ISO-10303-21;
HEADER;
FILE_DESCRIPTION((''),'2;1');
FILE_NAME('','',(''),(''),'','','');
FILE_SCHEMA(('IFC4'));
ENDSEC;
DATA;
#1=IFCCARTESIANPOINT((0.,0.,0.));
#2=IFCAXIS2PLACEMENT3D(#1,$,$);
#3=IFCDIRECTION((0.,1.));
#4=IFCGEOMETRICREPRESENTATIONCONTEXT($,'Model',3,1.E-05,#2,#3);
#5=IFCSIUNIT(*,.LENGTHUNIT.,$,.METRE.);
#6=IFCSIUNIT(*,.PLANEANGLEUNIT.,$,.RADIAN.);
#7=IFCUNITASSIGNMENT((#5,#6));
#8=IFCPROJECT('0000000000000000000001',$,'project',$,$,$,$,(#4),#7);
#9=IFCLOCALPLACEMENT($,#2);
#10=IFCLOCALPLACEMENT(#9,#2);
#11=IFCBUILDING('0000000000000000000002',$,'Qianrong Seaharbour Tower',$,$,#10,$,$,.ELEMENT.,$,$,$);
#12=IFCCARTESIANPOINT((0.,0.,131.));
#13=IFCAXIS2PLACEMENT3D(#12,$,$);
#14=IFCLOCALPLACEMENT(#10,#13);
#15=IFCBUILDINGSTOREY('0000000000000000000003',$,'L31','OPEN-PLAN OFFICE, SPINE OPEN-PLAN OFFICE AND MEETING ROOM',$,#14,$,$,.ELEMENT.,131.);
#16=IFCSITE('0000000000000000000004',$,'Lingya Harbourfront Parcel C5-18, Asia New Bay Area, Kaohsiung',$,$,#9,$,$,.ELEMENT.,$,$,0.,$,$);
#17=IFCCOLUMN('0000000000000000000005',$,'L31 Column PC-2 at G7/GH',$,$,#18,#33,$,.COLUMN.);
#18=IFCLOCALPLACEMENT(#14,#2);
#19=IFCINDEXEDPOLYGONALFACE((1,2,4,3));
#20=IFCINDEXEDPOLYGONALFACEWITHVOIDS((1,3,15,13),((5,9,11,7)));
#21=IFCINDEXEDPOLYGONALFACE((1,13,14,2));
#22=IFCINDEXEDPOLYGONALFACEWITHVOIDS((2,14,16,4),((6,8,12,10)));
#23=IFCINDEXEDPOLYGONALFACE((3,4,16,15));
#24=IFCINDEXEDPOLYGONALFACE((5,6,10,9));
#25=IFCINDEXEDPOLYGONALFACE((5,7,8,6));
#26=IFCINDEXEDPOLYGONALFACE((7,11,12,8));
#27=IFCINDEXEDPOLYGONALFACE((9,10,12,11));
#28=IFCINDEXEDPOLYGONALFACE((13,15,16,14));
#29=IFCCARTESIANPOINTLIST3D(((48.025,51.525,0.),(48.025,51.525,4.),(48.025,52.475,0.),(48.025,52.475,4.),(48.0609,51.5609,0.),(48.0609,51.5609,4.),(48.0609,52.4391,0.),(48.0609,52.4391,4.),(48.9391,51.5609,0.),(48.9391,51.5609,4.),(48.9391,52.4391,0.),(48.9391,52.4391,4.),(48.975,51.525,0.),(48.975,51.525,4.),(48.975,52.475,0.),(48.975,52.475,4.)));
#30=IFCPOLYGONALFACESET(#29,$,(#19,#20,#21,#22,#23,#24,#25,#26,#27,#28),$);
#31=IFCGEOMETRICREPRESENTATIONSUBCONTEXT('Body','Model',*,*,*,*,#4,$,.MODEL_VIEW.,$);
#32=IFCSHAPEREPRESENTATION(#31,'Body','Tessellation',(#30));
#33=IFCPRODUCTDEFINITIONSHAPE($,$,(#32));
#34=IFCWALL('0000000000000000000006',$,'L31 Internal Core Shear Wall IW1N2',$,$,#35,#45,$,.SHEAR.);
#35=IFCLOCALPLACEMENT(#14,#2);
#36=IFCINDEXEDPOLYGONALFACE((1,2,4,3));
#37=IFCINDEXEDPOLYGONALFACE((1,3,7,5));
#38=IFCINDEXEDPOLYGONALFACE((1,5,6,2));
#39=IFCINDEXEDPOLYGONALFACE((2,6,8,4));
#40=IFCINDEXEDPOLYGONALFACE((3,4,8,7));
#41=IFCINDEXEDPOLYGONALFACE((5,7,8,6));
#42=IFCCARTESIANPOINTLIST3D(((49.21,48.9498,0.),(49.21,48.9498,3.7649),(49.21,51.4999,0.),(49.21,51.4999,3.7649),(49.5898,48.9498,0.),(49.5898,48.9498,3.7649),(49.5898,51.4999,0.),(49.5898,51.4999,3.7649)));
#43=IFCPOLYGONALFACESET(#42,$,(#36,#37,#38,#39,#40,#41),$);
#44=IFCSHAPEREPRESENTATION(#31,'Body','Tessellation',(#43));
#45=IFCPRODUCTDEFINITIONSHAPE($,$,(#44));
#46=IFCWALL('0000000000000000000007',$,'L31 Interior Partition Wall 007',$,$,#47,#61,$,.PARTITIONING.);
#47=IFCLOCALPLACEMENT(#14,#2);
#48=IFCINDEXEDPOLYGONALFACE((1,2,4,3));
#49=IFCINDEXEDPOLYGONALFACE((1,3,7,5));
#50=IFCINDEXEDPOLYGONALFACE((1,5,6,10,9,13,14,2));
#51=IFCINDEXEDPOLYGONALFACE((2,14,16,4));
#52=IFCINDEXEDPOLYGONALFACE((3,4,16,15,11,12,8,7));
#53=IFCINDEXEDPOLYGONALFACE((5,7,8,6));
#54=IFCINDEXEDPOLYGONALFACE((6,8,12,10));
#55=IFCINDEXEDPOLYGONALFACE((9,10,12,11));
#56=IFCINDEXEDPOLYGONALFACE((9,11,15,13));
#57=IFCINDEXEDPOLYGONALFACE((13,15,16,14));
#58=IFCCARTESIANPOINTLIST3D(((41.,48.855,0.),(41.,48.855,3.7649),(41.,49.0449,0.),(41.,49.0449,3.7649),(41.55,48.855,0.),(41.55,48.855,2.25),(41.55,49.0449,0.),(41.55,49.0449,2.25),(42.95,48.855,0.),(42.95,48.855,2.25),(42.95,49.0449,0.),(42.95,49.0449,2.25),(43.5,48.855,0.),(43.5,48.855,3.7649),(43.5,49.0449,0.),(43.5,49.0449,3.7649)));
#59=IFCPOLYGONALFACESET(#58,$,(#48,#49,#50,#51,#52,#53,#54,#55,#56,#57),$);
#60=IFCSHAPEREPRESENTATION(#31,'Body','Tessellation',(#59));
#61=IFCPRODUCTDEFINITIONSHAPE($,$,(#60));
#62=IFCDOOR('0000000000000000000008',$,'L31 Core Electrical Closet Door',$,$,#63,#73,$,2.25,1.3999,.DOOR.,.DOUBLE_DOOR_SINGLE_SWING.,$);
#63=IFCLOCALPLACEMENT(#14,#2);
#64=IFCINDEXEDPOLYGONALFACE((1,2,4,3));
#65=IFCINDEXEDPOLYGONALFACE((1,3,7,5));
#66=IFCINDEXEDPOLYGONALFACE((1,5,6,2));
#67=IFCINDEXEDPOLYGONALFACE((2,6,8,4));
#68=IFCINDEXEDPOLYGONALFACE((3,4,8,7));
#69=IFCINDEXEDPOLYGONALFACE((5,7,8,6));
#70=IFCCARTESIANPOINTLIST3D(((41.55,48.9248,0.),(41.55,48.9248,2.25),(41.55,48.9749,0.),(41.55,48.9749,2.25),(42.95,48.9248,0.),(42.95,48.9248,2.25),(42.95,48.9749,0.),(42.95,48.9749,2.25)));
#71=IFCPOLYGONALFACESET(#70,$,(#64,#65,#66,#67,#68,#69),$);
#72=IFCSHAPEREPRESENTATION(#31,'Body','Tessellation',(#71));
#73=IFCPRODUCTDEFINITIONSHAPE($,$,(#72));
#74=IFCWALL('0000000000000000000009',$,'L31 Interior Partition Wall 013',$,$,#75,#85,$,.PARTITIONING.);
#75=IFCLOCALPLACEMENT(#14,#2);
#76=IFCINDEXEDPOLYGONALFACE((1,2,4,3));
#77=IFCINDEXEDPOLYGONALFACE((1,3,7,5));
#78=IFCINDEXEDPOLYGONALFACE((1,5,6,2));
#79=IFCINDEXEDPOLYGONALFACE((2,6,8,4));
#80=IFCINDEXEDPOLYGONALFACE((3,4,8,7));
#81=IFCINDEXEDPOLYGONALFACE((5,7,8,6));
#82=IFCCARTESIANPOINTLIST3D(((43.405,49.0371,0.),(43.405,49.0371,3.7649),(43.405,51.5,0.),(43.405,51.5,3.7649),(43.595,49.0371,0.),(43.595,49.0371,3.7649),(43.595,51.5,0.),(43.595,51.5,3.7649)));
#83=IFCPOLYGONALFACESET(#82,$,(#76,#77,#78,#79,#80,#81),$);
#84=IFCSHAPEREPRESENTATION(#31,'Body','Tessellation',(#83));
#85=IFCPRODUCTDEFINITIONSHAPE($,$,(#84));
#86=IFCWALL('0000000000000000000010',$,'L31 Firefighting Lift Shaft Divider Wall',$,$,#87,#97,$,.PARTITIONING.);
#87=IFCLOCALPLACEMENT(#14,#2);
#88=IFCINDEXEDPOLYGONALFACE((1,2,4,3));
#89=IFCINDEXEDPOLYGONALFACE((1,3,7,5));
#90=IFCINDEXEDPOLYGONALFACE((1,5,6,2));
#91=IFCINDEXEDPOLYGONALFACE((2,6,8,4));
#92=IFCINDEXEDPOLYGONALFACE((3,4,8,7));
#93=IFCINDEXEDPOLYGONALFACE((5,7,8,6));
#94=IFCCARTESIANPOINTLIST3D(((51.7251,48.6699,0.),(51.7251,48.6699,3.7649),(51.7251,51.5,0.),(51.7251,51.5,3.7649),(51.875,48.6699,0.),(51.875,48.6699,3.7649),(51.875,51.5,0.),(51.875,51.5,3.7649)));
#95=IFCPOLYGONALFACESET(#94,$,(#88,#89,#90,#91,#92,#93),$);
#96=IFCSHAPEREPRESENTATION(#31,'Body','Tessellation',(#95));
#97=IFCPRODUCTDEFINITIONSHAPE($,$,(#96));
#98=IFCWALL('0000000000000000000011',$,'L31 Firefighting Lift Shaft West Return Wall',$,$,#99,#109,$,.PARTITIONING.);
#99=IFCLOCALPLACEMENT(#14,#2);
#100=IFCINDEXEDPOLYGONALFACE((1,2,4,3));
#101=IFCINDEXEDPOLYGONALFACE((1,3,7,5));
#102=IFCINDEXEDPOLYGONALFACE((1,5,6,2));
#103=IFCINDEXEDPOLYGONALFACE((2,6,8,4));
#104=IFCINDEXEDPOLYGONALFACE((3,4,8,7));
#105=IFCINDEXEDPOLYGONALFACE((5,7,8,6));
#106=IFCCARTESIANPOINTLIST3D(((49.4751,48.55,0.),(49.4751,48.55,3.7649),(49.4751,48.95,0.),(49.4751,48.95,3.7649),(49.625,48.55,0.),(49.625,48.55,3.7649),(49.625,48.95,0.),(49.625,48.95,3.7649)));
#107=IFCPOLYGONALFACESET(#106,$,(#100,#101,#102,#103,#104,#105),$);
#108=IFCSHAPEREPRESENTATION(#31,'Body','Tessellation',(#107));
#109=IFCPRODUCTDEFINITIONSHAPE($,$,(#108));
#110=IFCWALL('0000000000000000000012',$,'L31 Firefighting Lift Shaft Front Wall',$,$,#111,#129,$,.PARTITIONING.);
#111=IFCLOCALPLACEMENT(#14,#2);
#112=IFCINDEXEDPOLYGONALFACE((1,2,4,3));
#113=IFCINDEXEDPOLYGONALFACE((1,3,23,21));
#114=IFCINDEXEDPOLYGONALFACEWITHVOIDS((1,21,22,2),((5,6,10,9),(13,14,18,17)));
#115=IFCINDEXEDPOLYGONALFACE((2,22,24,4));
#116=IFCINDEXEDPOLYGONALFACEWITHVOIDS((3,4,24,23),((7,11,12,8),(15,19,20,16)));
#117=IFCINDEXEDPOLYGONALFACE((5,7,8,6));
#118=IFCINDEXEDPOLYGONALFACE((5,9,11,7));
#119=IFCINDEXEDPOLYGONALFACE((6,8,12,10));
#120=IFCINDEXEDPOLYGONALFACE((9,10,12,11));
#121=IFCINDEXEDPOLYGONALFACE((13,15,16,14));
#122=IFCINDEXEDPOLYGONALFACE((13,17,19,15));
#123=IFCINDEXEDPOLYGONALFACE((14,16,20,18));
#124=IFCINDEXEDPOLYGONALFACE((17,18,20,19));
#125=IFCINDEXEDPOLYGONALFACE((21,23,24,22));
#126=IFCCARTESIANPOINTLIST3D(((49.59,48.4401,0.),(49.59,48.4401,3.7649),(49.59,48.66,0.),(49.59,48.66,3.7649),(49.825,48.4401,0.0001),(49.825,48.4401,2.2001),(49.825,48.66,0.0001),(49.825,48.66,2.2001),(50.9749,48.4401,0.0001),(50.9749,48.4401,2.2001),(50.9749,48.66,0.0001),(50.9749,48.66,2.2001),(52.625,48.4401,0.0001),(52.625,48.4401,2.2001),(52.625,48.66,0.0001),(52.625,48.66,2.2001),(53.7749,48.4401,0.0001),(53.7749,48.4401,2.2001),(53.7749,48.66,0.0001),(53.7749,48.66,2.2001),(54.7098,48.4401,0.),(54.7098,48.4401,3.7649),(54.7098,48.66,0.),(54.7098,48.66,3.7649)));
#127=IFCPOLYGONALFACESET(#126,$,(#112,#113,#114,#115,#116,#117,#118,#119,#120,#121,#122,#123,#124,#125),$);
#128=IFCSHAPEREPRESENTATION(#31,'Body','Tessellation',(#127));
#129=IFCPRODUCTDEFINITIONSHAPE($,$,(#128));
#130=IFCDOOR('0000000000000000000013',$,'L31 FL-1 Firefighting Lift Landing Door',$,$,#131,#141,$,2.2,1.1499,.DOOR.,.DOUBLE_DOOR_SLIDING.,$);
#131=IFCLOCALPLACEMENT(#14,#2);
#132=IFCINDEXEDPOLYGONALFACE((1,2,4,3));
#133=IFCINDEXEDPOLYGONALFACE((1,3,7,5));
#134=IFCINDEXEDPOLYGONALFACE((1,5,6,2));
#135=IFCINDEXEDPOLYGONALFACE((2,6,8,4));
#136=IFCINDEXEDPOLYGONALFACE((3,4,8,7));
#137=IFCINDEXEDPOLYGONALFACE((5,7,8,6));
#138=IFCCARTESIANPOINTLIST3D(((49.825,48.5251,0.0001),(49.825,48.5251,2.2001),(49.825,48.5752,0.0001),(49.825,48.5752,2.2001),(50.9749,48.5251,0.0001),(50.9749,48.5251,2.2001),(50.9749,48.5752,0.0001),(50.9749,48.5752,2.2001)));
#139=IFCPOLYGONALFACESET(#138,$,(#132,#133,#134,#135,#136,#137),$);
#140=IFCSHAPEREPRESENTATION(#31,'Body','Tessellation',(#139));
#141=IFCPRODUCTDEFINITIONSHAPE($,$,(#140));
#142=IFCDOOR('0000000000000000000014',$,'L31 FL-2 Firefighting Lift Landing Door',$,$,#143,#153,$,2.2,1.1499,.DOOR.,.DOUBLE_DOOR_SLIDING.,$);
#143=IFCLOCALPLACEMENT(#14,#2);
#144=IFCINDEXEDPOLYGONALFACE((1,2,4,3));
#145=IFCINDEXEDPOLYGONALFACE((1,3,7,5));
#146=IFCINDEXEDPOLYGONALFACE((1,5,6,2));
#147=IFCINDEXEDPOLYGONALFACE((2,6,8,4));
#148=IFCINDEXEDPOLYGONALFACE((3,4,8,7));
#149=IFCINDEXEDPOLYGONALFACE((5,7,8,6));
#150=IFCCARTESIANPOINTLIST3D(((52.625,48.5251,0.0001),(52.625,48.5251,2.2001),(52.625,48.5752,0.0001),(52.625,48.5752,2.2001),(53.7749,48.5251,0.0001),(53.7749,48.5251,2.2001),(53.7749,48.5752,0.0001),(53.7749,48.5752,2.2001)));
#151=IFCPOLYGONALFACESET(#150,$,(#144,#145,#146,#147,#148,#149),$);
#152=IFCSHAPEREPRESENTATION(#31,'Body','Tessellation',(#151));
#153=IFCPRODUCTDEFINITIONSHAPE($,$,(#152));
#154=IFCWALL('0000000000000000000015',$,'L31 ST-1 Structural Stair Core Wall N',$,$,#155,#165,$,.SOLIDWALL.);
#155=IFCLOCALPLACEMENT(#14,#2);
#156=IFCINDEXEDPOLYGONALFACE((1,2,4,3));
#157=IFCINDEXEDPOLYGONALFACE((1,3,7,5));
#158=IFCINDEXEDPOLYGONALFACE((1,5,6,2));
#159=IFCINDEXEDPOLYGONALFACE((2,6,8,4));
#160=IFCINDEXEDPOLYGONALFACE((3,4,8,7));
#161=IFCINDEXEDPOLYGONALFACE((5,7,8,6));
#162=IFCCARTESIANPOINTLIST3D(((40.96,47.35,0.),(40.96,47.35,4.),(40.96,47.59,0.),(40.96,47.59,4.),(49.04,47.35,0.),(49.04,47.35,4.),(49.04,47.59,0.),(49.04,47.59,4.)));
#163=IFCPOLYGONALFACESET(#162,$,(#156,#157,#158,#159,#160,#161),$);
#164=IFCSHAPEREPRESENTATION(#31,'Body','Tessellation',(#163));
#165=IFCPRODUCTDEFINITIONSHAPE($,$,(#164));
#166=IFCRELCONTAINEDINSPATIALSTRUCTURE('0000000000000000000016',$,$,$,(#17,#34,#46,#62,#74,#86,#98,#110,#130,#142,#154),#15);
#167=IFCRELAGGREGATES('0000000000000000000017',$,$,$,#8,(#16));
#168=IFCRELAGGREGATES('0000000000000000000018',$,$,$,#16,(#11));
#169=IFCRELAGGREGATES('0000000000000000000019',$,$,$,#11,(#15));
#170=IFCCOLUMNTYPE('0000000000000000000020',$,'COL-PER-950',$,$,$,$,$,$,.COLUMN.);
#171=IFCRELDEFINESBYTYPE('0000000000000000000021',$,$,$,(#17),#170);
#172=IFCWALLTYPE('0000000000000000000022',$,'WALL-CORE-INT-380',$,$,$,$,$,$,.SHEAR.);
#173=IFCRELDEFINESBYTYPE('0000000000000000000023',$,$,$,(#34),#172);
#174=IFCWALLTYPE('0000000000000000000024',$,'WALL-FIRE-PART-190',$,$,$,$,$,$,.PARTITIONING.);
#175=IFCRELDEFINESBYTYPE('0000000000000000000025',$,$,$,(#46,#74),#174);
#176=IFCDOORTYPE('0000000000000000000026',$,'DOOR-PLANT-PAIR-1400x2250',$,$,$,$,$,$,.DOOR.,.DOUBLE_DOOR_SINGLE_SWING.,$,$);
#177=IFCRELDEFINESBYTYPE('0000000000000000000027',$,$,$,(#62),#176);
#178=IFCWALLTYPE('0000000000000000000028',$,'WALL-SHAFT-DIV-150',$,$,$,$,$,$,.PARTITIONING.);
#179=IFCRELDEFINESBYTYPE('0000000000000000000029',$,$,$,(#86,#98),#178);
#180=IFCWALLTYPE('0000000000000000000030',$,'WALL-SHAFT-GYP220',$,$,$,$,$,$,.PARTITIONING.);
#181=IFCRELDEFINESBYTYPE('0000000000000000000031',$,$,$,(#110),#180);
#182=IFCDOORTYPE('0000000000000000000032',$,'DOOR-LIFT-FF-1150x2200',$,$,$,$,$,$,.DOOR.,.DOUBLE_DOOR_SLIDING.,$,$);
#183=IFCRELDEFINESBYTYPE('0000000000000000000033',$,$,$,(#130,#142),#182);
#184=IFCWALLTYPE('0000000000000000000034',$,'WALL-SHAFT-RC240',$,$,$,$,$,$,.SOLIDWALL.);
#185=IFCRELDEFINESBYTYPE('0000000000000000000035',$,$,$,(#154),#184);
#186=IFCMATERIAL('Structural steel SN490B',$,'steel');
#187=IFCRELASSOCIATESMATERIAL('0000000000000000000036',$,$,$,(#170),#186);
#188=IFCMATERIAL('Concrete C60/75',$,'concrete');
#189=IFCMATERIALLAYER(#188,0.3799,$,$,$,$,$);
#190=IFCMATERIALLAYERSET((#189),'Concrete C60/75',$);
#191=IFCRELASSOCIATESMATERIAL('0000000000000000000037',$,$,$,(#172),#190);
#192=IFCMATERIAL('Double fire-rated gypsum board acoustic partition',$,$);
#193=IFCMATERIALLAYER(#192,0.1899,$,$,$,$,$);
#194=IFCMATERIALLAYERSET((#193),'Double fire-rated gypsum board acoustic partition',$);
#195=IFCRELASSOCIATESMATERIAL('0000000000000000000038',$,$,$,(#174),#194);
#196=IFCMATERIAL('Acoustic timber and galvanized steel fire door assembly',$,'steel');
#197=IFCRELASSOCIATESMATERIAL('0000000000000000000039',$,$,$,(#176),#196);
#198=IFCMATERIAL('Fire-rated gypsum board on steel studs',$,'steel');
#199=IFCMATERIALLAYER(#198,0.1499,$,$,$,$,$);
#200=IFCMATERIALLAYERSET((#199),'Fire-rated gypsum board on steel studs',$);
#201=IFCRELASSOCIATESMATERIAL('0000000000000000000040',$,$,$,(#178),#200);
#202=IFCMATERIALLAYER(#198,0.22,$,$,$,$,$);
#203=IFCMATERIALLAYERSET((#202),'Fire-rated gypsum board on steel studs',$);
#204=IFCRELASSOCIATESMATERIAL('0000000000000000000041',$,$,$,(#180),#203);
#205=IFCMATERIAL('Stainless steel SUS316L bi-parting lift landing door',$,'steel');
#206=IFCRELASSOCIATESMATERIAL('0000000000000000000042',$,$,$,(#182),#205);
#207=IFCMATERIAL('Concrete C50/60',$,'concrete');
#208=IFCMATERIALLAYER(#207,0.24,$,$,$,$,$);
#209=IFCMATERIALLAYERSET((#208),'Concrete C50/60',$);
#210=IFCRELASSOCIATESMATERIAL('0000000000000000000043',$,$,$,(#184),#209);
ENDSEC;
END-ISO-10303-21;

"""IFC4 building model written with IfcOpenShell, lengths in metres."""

from ifc_helpers import new_model, si_unit, direction, frame, frame_2d, origin, origin_2d, place, context, subcontext, project, spatial, rectangle, hollow_rectangle, extrude, material, layer, layer_set, material_profile, profile_set, type_object, element, fill, save


model = new_model("IFC4")

# Units and contexts
model_context = context("Model", 3, precision=1e-05, world=origin(), true_north=direction((0.0, 1.0)))
body_context = subcontext(model_context, "Body", "Model", "MODEL_VIEW")
ifc_project = project(units=[si_unit("LENGTHUNIT", "METRE"), si_unit("PLANEANGLEUNIT", "RADIAN")], contexts=[model_context])

# Site, building, storey
site_placement = place(None, origin())
site = spatial("IfcSite", under=ifc_project, at=site_placement, Name="Lingya Harbourfront Parcel C5-18, Asia New Bay Area, Kaohsiung", CompositionType="ELEMENT", RefElevation=0.0)
building_placement = place(site_placement, origin())
building = spatial("IfcBuilding", under=site, at=building_placement, Name="Qianrong Seaharbour Tower", CompositionType="ELEMENT")
storey_placement = place(building_placement, frame((0.0, 0.0, 131.0)))
storey = spatial("IfcBuildingStorey", under=building, at=storey_placement, Name="L31", Description="OPEN-PLAN OFFICE, SPINE OPEN-PLAN OFFICE AND MEETING ROOM", CompositionType="ELEMENT", Elevation=131.0)

# Column
ifc_material_1 = material(Name="Structural steel SN490B", Category="steel")
ifc_material_profile = material_profile(ifc_material_1, hollow_rectangle(XDim=0.95, YDim=0.95, WallThickness=0.0359, at=origin_2d()), Name="BOX950x950x36")
ifc_profile_set = profile_set([ifc_material_profile], Name="Structural steel SN490B")
column_type = type_object("IfcColumnType", Name="COL-PER-950", PredefinedType="COLUMN", material=ifc_profile_set)
column_placement = place(storey_placement, frame((48.5, 52.0, 0.0), z_axis=(0.0, 0.0, 1.0), x_axis=(1.0, 0.0, 0.0)))
element("IfcColumn", 1, at=column_placement, inside=storey, type_object=column_type, Name="L31 Column PC-2 at G7/GH", PredefinedType="COLUMN", context=body_context, shape_type="SweptSolid", body=[
    extrude(hollow_rectangle(XDim=0.95, YDim=0.95, WallThickness=0.0359, at=origin_2d()), origin(), (0.0, 0.0, 1.0), 4.0),
])

# Wall
ifc_material_2 = material(Name="Concrete C60/75", Category="concrete")
ifc_layer_1 = layer(ifc_material_2, 0.3799)
ifc_layer_set_1 = layer_set([ifc_layer_1], Name="Concrete C60/75")
wall_type_1 = type_object("IfcWallType", Name="WALL-CORE-INT-380", PredefinedType="SHEAR", material=ifc_layer_set_1)
wall_1_placement = place(storey_placement, frame((49.3999, 48.95, 0.0), z_axis=(0.0, 0.0, 1.0), x_axis=(0.0, 1.0, 0.0)))
element("IfcWall", 2, at=wall_1_placement, inside=storey, type_object=wall_type_1, Name="L31 Internal Core Shear Wall IW1N2", PredefinedType="SHEAR", context=body_context, shape_type="SweptSolid", body=[
    extrude(rectangle(XDim=2.55, YDim=0.3799, at=frame_2d((1.2749, 0.0))), origin(), (0.0, 0.0, 1.0), 3.7649),
])

# Wall, opening, door
ifc_material_3 = material(Name="Double fire-rated gypsum board acoustic partition")
ifc_layer_2 = layer(ifc_material_3, 0.1899)
ifc_layer_set_2 = layer_set([ifc_layer_2], Name="Double fire-rated gypsum board acoustic partition")
wall_type_2 = type_object("IfcWallType", Name="WALL-FIRE-PART-190", PredefinedType="PARTITIONING", material=ifc_layer_set_2)
wall_2_placement = place(storey_placement, frame((41.0, 48.95, 0.0), z_axis=(0.0, 0.0, 1.0), x_axis=(1.0, 0.0, 0.0)))
wall_2 = element("IfcWall", 3, at=wall_2_placement, inside=storey, type_object=wall_type_2, Name="L31 Interior Partition Wall 007", PredefinedType="PARTITIONING", context=body_context, shape_type="SweptSolid", body=[
    extrude(rectangle(XDim=2.5, YDim=0.1899, at=frame_2d((1.25, 0.0))), origin(), (0.0, 0.0, 1.0), 3.7649),
])
opening_1_placement = place(wall_2_placement, frame((0.55, 0.0, 0.0)))
opening_1 = element("IfcOpeningElement", 4, at=opening_1_placement, cuts=wall_2, PredefinedType="OPENING", context=body_context, shape_type="SweptSolid", body=[
    extrude(rectangle(XDim=1.3999, YDim=2.25, at=frame_2d((0.7, 1.125))), frame((0.0, 0.105, 0.0), z_axis=(0.0, -1.0, 0.0), x_axis=(1.0, 0.0, 0.0)), (0.0, 0.0, 1.0), 0.21),
])
ifc_material_4 = material(Name="Acoustic timber and galvanized steel fire door assembly", Category="steel")
door_type_1 = type_object("IfcDoorType", Name="DOOR-PLANT-PAIR-1400x2250", OperationType="DOUBLE_DOOR_SINGLE_SWING", PredefinedType="DOOR", material=ifc_material_4)
door_1_placement = place(opening_1_placement, origin())
door_1 = element("IfcDoor", 5, at=door_1_placement, inside=storey, type_object=door_type_1, Name="L31 Core Electrical Closet Door", OperationType="DOUBLE_DOOR_SINGLE_SWING", OverallHeight=2.25, OverallWidth=1.3999, PredefinedType="DOOR", context=body_context, shape_type="SweptSolid", body=[
    extrude(rectangle(XDim=1.3999, YDim=2.25, at=frame_2d((0.7, 1.125))), frame((0.0, 0.0249, 0.0), z_axis=(0.0, -1.0, 0.0), x_axis=(1.0, 0.0, 0.0)), (0.0, 0.0, 1.0), 0.05),
])
fill(opening_1, door_1)

# Walls
wall_3_placement = place(storey_placement, frame((43.5, 51.5, 0.0), z_axis=(0.0, 0.0, 1.0), x_axis=(0.0, -1.0, 0.0)))
element("IfcWall", 6, at=wall_3_placement, inside=storey, type_object=wall_type_2, Name="L31 Interior Partition Wall 013", PredefinedType="PARTITIONING", context=body_context, shape_type="SweptSolid", body=[
    extrude(rectangle(XDim=2.4629, YDim=0.1899, at=frame_2d((1.2314, 0.0))), origin(), (0.0, 0.0, 1.0), 3.7649),
])
ifc_material_5 = material(Name="Fire-rated gypsum board on steel studs", Category="steel")
ifc_layer_3 = layer(ifc_material_5, 0.1499)
ifc_layer_set_3 = layer_set([ifc_layer_3], Name="Fire-rated gypsum board on steel studs")
wall_type_3 = type_object("IfcWallType", Name="WALL-SHAFT-DIV-150", PredefinedType="PARTITIONING", material=ifc_layer_set_3)
wall_4_placement = place(storey_placement, frame((51.8, 48.6699, 0.0), z_axis=(0.0, 0.0, 1.0), x_axis=(0.0, 1.0, 0.0)))
element("IfcWall", 7, at=wall_4_placement, inside=storey, type_object=wall_type_3, Name="L31 Firefighting Lift Shaft Divider Wall", PredefinedType="PARTITIONING", context=body_context, shape_type="SweptSolid", body=[
    extrude(rectangle(XDim=2.8301, YDim=0.1499, at=frame_2d((1.415, 0.0))), origin(), (0.0, 0.0, 1.0), 3.7649),
])
wall_5_placement = place(storey_placement, frame((49.55, 48.55, 0.0), z_axis=(0.0, 0.0, 1.0), x_axis=(0.0, 1.0, 0.0)))
element("IfcWall", 8, at=wall_5_placement, inside=storey, type_object=wall_type_3, Name="L31 Firefighting Lift Shaft West Return Wall", PredefinedType="PARTITIONING", context=body_context, shape_type="SweptSolid", body=[
    extrude(rectangle(XDim=0.3999, YDim=0.1499, at=frame_2d((0.2, 0.0))), origin(), (0.0, 0.0, 1.0), 3.7649),
])

# Wall, openings, doors
ifc_layer_4 = layer(ifc_material_5, 0.22)
ifc_layer_set_4 = layer_set([ifc_layer_4], Name="Fire-rated gypsum board on steel studs")
wall_type_4 = type_object("IfcWallType", Name="WALL-SHAFT-GYP220", PredefinedType="PARTITIONING", material=ifc_layer_set_4)
wall_6_placement = place(storey_placement, frame((54.71, 48.55, 0.0), z_axis=(0.0, 0.0, 1.0), x_axis=(-1.0, 0.0, 0.0)))
wall_6 = element("IfcWall", 9, at=wall_6_placement, inside=storey, type_object=wall_type_4, Name="L31 Firefighting Lift Shaft Front Wall", PredefinedType="PARTITIONING", context=body_context, shape_type="SweptSolid", body=[
    extrude(rectangle(XDim=5.1199, YDim=0.22, at=frame_2d((2.5601, 0.0))), origin(), (0.0, 0.0, 1.0), 3.7649),
])
opening_2_placement = place(wall_6_placement, frame((3.7351, 0.0, 0.0)))
opening_2 = element("IfcOpeningElement", 10, at=opening_2_placement, cuts=wall_6, PredefinedType="OPENING", context=body_context, shape_type="SweptSolid", body=[
    extrude(rectangle(XDim=1.1499, YDim=2.2, at=frame_2d((0.575, 1.1001))), frame((0.0, 0.1201, 0.0), z_axis=(0.0, -1.0, 0.0), x_axis=(1.0, 0.0, 0.0)), (0.0, 0.0, 1.0), 0.24),
])
opening_3_placement = place(wall_6_placement, frame((0.9351, 0.0, 0.0)))
opening_3 = element("IfcOpeningElement", 11, at=opening_3_placement, cuts=wall_6, PredefinedType="OPENING", context=body_context, shape_type="SweptSolid", body=[
    extrude(rectangle(XDim=1.1499, YDim=2.2, at=frame_2d((0.575, 1.1001))), frame((0.0, 0.1201, 0.0), z_axis=(0.0, -1.0, 0.0), x_axis=(1.0, 0.0, 0.0)), (0.0, 0.0, 1.0), 0.24),
])
ifc_material_6 = material(Name="Stainless steel SUS316L bi-parting lift landing door", Category="steel")
door_type_2 = type_object("IfcDoorType", Name="DOOR-LIFT-FF-1150x2200", OperationType="DOUBLE_DOOR_SLIDING", PredefinedType="DOOR", material=ifc_material_6)
door_2_placement = place(opening_2_placement, origin())
door_2 = element("IfcDoor", 12, at=door_2_placement, inside=storey, type_object=door_type_2, Name="L31 FL-1 Firefighting Lift Landing Door", OperationType="DOUBLE_DOOR_SLIDING", OverallHeight=2.2, OverallWidth=1.1499, PredefinedType="DOOR", context=body_context, shape_type="SweptSolid", body=[
    extrude(rectangle(XDim=1.1499, YDim=2.2, at=frame_2d((0.575, 1.1001))), frame((0.0, 0.0249, 0.0), z_axis=(0.0, -1.0, 0.0), x_axis=(1.0, 0.0, 0.0)), (0.0, 0.0, 1.0), 0.05),
])
fill(opening_2, door_2)
door_3_placement = place(opening_3_placement, origin())
door_3 = element("IfcDoor", 13, at=door_3_placement, inside=storey, type_object=door_type_2, Name="L31 FL-2 Firefighting Lift Landing Door", OperationType="DOUBLE_DOOR_SLIDING", OverallHeight=2.2, OverallWidth=1.1499, PredefinedType="DOOR", context=body_context, shape_type="SweptSolid", body=[
    extrude(rectangle(XDim=1.1499, YDim=2.2, at=frame_2d((0.575, 1.1001))), frame((0.0, 0.0249, 0.0), z_axis=(0.0, -1.0, 0.0), x_axis=(1.0, 0.0, 0.0)), (0.0, 0.0, 1.0), 0.05),
])
fill(opening_3, door_3)

# Wall
ifc_material_7 = material(Name="Concrete C50/60", Category="concrete")
ifc_layer_5 = layer(ifc_material_7, 0.24)
ifc_layer_set_5 = layer_set([ifc_layer_5], Name="Concrete C50/60")
wall_type_5 = type_object("IfcWallType", Name="WALL-SHAFT-RC240", PredefinedType="SOLIDWALL", material=ifc_layer_set_5)
wall_7_placement = place(storey_placement, frame((40.96, 47.47, 0.0), z_axis=(0.0, 0.0, 1.0), x_axis=(1.0, 0.0, 0.0)))
element("IfcWall", 14, at=wall_7_placement, inside=storey, type_object=wall_type_5, Name="L31 ST-1 Structural Stair Core Wall N", PredefinedType="SOLIDWALL", context=body_context, shape_type="SweptSolid", body=[
    extrude(rectangle(XDim=8.0801, YDim=0.24, at=frame_2d((4.04, 0.0))), origin(), (0.0, 0.0, 1.0), 4.0),
])

save(model, "model.ifc")
